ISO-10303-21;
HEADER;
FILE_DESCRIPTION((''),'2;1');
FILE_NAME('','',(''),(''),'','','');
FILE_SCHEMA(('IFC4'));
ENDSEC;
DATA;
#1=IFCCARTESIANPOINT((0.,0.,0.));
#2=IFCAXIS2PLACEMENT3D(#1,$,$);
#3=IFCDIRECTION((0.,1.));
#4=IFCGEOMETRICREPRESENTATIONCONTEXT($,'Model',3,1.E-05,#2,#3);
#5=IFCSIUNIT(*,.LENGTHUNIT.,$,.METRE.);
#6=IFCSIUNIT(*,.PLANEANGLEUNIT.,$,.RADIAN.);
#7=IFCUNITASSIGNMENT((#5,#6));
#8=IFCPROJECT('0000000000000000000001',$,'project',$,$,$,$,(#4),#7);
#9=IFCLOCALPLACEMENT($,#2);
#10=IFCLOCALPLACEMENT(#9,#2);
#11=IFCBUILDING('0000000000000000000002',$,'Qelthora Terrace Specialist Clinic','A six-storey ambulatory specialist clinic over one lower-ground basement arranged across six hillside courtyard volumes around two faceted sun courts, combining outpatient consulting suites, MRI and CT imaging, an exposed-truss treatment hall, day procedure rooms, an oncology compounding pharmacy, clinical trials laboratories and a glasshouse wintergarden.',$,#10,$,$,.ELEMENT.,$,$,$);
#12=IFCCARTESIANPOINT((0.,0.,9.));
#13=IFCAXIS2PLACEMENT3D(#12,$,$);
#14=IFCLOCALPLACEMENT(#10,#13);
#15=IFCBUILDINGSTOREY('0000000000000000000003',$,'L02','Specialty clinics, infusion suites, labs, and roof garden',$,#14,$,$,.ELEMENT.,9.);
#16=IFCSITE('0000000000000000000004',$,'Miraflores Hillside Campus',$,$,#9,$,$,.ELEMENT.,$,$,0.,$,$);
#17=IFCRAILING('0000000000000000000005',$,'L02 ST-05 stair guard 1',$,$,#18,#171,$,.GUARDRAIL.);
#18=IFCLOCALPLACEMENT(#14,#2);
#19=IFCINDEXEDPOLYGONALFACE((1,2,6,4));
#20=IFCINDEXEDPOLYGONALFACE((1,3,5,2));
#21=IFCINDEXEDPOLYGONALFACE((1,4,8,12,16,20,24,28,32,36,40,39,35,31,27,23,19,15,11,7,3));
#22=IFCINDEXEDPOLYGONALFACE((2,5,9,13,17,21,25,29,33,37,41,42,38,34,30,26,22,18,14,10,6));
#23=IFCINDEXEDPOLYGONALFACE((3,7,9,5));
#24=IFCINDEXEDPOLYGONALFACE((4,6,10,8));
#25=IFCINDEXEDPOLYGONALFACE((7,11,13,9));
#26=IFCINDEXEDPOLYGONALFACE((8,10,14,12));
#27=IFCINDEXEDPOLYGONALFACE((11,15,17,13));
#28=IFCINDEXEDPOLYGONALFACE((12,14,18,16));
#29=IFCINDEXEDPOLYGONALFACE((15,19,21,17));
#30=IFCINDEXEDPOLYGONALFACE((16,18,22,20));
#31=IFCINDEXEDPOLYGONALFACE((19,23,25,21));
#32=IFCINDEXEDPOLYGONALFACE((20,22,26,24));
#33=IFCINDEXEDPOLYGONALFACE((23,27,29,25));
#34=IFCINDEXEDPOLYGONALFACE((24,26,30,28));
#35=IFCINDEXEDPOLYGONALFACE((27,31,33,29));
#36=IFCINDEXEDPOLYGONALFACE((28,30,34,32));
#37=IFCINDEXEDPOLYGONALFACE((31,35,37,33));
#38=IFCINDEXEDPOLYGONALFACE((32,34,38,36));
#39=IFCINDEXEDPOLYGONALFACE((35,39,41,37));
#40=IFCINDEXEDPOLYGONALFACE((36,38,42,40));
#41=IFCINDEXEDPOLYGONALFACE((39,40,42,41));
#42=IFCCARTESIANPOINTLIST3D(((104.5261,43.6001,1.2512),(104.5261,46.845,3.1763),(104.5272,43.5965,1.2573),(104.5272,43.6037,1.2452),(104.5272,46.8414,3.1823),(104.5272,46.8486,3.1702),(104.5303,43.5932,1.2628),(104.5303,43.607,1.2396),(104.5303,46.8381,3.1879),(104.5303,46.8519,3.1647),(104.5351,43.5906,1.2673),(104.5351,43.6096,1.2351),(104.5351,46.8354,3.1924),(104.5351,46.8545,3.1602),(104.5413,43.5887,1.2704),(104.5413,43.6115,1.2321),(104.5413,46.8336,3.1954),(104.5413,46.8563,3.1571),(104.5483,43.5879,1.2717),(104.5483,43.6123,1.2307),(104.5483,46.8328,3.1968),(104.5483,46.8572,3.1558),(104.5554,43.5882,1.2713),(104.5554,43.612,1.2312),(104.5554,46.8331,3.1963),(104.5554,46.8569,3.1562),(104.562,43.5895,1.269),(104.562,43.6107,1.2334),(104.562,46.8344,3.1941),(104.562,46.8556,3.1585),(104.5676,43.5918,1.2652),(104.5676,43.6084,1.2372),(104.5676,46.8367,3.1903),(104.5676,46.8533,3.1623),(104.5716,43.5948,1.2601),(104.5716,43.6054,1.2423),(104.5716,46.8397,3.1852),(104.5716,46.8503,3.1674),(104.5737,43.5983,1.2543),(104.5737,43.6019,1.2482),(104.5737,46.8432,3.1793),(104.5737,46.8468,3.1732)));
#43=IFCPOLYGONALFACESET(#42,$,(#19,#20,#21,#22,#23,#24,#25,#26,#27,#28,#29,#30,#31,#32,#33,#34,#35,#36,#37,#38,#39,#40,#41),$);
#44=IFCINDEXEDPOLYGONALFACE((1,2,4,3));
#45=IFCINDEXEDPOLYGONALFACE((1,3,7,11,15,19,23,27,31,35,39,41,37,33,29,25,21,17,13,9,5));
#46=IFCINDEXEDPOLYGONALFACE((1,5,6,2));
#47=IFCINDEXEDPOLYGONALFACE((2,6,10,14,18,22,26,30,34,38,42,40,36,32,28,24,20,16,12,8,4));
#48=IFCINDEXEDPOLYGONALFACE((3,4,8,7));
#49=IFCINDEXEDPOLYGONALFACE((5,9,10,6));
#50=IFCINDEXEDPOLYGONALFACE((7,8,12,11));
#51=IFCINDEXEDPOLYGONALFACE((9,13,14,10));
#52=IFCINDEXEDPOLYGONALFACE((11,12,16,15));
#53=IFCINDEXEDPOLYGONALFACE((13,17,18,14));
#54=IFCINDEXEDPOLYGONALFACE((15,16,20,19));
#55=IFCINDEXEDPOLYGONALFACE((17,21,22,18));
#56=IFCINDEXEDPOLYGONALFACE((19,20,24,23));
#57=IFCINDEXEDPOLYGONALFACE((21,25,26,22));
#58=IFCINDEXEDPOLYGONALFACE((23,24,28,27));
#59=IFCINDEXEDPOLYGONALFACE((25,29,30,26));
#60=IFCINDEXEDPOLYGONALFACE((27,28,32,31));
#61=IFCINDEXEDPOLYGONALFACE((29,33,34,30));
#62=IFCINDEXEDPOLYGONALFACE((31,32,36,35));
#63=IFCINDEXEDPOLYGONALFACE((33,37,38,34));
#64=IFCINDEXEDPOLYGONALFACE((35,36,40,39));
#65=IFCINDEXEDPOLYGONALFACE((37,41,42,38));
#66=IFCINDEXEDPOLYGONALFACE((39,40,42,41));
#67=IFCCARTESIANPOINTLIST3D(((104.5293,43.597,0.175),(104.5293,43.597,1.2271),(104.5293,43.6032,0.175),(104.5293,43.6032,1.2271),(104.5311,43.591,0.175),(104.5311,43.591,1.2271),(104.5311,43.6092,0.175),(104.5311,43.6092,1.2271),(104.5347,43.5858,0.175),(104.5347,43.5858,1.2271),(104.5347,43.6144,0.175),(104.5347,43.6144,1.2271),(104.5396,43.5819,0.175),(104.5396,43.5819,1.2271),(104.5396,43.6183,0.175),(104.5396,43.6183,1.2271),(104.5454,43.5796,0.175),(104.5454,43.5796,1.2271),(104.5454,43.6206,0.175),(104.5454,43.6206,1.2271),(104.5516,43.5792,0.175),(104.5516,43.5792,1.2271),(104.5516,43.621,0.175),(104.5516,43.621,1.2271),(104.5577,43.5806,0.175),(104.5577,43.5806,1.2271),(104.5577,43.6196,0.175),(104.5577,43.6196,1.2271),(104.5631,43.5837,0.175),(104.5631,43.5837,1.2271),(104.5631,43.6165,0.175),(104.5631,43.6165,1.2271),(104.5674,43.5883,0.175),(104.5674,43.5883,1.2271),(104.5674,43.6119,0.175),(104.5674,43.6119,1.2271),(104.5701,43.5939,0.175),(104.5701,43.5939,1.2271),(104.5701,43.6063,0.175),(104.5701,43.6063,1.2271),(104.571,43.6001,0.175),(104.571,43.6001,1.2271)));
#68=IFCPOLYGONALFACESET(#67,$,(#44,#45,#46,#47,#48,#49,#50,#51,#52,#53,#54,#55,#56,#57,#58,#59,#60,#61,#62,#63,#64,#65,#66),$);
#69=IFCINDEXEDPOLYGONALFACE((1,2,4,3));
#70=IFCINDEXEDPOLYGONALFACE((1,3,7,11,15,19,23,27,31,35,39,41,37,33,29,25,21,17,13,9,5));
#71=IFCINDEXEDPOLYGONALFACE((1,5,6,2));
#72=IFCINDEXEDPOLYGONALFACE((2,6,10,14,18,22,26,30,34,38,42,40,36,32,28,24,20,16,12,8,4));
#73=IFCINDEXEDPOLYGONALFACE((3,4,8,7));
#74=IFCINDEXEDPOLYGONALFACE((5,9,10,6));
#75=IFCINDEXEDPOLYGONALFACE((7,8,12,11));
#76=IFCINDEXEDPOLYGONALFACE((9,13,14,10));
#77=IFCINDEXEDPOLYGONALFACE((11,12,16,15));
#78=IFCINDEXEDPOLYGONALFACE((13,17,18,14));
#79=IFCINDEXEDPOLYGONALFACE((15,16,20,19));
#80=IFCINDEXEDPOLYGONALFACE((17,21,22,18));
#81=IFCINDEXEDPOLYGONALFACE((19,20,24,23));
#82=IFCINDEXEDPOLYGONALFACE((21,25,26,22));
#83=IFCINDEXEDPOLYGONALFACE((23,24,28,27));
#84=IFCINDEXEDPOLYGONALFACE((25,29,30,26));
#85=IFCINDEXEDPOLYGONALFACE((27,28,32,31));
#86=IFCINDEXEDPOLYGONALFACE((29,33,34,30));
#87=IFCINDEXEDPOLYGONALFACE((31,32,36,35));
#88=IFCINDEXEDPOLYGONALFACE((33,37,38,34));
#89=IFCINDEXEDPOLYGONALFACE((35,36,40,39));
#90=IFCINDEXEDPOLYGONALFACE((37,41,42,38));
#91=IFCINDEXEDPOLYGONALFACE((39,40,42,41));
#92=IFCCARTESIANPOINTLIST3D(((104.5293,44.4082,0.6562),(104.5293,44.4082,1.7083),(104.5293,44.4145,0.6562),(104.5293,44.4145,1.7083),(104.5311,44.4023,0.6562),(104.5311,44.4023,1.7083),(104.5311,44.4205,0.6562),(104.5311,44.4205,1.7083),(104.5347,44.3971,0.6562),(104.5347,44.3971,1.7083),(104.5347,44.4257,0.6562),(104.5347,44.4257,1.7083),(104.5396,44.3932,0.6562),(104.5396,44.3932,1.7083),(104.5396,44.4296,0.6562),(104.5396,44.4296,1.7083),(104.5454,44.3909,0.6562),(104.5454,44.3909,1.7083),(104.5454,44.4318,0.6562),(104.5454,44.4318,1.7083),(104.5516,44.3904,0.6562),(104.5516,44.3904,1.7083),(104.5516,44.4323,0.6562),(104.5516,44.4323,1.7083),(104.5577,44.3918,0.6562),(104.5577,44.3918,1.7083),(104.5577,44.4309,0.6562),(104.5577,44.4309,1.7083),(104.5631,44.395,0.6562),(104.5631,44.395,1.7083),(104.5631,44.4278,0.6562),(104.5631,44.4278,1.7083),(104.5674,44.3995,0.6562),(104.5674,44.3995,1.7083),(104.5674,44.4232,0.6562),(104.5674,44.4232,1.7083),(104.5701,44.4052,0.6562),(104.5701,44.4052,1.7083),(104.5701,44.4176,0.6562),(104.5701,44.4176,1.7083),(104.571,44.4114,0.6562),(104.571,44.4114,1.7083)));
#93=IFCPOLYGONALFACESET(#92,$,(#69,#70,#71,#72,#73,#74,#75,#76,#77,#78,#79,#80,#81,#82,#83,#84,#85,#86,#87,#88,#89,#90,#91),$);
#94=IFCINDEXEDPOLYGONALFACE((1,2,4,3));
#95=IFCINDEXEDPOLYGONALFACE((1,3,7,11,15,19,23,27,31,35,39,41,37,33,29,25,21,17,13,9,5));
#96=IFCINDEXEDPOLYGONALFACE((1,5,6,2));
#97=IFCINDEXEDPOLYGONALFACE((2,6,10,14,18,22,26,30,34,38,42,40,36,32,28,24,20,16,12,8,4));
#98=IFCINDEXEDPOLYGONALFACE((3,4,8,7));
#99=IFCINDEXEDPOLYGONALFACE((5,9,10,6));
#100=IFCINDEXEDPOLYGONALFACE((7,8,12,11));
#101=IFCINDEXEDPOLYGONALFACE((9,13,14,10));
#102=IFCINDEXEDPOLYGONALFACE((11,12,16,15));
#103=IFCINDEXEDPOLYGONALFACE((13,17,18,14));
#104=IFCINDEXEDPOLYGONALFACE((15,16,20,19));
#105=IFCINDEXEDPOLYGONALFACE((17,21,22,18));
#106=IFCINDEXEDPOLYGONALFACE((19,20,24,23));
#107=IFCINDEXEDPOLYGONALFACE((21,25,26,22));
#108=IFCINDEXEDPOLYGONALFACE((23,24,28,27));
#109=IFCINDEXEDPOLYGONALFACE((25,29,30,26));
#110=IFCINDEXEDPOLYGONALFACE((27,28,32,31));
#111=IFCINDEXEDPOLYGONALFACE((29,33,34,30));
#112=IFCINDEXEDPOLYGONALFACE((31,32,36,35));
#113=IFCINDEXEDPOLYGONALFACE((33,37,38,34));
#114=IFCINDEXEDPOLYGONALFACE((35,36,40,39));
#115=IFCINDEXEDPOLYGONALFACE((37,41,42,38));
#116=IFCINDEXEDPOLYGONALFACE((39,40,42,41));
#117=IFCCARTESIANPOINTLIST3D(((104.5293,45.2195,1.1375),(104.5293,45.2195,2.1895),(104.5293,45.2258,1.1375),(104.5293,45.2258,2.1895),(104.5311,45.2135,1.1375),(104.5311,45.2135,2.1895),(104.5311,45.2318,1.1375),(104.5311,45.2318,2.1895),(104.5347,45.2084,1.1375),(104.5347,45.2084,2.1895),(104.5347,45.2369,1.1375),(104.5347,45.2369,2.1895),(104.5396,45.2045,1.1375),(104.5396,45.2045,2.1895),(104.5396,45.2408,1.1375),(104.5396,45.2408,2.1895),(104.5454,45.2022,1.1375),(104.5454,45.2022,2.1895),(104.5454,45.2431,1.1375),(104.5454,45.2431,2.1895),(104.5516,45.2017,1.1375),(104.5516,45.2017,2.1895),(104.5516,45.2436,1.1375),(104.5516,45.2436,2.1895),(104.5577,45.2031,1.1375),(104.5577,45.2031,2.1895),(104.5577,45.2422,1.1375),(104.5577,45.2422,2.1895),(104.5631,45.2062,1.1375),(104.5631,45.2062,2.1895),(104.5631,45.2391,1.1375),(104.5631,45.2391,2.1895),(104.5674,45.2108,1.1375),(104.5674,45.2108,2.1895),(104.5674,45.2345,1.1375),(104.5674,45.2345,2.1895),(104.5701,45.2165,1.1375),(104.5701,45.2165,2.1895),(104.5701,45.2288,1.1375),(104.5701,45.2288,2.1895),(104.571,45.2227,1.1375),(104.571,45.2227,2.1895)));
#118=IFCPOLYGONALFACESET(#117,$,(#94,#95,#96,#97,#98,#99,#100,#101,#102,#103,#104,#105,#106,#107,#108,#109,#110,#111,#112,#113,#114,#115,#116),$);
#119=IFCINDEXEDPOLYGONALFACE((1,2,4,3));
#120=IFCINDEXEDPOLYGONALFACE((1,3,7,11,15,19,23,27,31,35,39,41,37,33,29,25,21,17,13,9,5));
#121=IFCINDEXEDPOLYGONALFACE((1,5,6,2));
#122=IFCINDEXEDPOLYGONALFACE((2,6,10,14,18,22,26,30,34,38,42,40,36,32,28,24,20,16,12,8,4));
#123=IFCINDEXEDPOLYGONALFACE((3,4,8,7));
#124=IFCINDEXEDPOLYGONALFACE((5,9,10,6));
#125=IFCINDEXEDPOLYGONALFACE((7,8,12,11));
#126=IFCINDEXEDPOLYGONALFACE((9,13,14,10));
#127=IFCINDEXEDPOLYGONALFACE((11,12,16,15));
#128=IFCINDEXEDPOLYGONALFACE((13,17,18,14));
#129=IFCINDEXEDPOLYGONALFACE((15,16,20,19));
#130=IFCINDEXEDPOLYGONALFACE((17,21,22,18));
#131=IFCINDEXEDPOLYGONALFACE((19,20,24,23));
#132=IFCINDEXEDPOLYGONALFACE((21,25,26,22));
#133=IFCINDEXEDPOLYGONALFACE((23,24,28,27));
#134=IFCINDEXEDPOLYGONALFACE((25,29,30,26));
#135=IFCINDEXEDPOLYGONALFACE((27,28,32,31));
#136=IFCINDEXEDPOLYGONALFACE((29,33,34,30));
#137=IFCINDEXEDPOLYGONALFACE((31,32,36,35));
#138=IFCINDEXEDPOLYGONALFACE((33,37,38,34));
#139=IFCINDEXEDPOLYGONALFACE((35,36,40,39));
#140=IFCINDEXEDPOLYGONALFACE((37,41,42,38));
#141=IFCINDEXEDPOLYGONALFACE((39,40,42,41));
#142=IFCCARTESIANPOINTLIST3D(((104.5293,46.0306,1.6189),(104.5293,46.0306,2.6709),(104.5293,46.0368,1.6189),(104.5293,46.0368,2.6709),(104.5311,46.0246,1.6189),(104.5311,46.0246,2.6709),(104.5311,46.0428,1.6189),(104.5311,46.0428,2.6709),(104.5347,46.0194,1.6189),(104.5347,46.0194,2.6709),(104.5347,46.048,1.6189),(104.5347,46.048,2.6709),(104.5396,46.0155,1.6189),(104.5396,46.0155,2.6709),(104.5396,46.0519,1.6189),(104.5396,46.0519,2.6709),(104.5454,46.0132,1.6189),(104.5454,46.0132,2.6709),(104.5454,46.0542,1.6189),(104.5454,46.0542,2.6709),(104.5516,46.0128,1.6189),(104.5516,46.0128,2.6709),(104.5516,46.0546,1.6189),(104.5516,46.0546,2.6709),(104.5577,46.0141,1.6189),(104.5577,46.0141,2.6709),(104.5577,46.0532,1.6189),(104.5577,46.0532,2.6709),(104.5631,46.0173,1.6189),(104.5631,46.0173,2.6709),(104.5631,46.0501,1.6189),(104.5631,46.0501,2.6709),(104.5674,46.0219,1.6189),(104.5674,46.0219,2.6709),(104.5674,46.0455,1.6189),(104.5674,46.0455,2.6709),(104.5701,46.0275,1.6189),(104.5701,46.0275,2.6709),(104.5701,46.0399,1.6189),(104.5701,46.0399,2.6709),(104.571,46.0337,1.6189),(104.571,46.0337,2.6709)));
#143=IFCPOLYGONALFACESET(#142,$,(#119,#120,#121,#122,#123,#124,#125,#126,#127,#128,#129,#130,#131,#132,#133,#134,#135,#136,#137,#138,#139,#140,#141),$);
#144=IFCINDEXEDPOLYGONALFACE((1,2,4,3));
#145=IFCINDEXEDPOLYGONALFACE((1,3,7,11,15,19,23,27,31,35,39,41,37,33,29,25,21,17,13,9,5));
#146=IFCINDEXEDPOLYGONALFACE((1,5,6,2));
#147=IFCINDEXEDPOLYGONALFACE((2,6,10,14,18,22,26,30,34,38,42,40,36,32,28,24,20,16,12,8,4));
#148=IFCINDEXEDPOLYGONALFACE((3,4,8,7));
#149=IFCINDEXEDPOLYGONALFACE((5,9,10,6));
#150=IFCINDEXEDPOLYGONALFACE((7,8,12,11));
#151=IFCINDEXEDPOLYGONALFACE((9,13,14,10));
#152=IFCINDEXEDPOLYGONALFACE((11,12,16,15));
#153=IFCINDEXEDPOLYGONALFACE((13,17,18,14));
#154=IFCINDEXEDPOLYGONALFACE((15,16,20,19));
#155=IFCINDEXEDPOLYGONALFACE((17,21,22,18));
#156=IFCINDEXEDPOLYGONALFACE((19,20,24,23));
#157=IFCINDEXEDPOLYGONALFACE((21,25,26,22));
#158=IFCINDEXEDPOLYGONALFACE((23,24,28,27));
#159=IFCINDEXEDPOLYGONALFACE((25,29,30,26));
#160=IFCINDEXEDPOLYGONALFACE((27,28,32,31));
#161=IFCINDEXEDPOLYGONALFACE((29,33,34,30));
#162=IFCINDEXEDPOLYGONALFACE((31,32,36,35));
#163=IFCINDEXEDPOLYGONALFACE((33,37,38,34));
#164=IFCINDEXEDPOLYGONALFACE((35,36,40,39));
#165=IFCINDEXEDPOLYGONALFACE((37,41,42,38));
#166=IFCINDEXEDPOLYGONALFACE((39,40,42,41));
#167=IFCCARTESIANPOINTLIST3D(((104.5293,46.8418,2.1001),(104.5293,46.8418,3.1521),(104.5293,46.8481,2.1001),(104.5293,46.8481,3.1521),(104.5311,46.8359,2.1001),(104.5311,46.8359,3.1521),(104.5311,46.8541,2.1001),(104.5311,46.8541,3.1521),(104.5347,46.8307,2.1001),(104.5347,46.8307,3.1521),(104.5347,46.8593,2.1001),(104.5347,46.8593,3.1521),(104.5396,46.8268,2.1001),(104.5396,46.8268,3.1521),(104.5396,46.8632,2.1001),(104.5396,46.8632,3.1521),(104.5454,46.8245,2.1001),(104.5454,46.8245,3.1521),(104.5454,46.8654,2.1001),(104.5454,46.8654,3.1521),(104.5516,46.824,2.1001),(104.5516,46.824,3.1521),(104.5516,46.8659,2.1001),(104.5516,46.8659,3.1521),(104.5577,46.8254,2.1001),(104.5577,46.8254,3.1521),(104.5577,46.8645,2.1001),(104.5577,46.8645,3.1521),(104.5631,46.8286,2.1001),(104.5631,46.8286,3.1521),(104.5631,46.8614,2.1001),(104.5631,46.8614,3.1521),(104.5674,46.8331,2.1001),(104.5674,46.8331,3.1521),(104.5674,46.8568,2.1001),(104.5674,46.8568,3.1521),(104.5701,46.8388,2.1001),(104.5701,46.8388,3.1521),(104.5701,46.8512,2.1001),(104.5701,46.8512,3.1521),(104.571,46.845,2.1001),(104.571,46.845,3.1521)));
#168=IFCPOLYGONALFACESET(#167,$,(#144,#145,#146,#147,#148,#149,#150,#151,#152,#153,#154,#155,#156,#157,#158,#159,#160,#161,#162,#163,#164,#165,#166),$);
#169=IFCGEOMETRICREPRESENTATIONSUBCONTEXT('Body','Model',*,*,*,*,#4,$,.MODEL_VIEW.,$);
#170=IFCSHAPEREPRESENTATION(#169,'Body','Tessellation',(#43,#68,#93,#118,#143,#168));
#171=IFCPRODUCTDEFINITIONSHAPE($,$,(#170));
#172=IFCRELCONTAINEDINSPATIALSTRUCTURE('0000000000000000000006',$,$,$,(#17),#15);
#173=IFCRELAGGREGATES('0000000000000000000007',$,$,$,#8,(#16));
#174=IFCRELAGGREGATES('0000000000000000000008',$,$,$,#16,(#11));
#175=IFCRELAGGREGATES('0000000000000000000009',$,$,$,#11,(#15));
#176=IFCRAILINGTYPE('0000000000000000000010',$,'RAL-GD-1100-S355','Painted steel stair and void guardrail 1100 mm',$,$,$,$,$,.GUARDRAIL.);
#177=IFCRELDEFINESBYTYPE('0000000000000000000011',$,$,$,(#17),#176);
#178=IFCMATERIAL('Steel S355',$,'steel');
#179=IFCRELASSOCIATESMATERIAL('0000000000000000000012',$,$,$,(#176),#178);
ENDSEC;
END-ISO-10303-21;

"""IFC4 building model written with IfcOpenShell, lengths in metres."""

from ifc_helpers import new_model, si_unit, direction, frame, origin, origin_2d, place, context, subcontext, project, spatial, circle, extrude, material, type_object, element, save


model = new_model("IFC4")

# Units and contexts
model_context = context("Model", 3, precision=1e-05, world=origin(), true_north=direction((0.0, 1.0)))
body_context = subcontext(model_context, "Body", "Model", "MODEL_VIEW")
ifc_project = project(units=[si_unit("LENGTHUNIT", "METRE"), si_unit("PLANEANGLEUNIT", "RADIAN")], contexts=[model_context])

# Site, building, storey
site_placement = place(None, origin())
site = spatial("IfcSite", under=ifc_project, at=site_placement, Name="Miraflores Hillside Campus", CompositionType="ELEMENT", RefElevation=0.0)
building_placement = place(site_placement, origin())
building = spatial("IfcBuilding", under=site, at=building_placement, Name="Qelthora Terrace Specialist Clinic", Description="A six-storey ambulatory specialist clinic over one lower-ground basement arranged across six hillside courtyard volumes around two faceted sun courts, combining outpatient consulting suites, MRI and CT imaging, an exposed-truss treatment hall, day procedure rooms, an oncology compounding pharmacy, clinical trials laboratories and a glasshouse wintergarden.", CompositionType="ELEMENT")
storey_placement = place(building_placement, frame((0.0, 0.0, 9.0)))
storey = spatial("IfcBuildingStorey", under=building, at=storey_placement, Name="L02", Description="Specialty clinics, infusion suites, labs, and roof garden", CompositionType="ELEMENT", Elevation=9.0)

# Shared definitions
ifc_material_1 = material(Name="Steel S355", Category="steel")

# Railing
railing_type_1 = type_object("IfcRailingType", Name="RAL-GD-1100-S355", Description="Painted steel stair and void guardrail 1100 mm", PredefinedType="GUARDRAIL", material=ifc_material_1)
railing_1_placement = place(storey_placement, frame((104.55, 43.6001, 0.175)))
element("IfcRailing", 1, at=railing_1_placement, inside=storey, type_object=railing_type_1, Name="L02 ST-05 stair guard 1", PredefinedType="GUARDRAIL", context=body_context, shape_type="SweptSolid", body=[
    extrude(circle(Radius=0.0239, at=origin_2d()), frame((0.0, 0.0, 1.0762), z_axis=(0.0, 0.86004, 0.510226), x_axis=(-1.0, 0.0, 0.0)), (0.0, 0.0, 1.0), 3.7729),
    extrude(circle(Radius=0.021, at=origin_2d()), origin(), (0.0, 0.0, 1.0), 1.052),
    extrude(circle(Radius=0.021, at=origin_2d()), frame((0.0, 0.8113, 0.4812)), (0.0, 0.0, 1.0), 1.052),
    extrude(circle(Radius=0.021, at=origin_2d()), frame((0.0, 1.6226, 0.9624)), (0.0, 0.0, 1.0), 1.052),
    extrude(circle(Radius=0.021, at=origin_2d()), frame((0.0, 2.4336, 1.4438)), (0.0, 0.0, 1.0), 1.052),
    extrude(circle(Radius=0.021, at=origin_2d()), frame((0.0, 3.2449, 1.925)), (0.0, 0.0, 1.0), 1.052),
])

save(model, "model.ifc")
